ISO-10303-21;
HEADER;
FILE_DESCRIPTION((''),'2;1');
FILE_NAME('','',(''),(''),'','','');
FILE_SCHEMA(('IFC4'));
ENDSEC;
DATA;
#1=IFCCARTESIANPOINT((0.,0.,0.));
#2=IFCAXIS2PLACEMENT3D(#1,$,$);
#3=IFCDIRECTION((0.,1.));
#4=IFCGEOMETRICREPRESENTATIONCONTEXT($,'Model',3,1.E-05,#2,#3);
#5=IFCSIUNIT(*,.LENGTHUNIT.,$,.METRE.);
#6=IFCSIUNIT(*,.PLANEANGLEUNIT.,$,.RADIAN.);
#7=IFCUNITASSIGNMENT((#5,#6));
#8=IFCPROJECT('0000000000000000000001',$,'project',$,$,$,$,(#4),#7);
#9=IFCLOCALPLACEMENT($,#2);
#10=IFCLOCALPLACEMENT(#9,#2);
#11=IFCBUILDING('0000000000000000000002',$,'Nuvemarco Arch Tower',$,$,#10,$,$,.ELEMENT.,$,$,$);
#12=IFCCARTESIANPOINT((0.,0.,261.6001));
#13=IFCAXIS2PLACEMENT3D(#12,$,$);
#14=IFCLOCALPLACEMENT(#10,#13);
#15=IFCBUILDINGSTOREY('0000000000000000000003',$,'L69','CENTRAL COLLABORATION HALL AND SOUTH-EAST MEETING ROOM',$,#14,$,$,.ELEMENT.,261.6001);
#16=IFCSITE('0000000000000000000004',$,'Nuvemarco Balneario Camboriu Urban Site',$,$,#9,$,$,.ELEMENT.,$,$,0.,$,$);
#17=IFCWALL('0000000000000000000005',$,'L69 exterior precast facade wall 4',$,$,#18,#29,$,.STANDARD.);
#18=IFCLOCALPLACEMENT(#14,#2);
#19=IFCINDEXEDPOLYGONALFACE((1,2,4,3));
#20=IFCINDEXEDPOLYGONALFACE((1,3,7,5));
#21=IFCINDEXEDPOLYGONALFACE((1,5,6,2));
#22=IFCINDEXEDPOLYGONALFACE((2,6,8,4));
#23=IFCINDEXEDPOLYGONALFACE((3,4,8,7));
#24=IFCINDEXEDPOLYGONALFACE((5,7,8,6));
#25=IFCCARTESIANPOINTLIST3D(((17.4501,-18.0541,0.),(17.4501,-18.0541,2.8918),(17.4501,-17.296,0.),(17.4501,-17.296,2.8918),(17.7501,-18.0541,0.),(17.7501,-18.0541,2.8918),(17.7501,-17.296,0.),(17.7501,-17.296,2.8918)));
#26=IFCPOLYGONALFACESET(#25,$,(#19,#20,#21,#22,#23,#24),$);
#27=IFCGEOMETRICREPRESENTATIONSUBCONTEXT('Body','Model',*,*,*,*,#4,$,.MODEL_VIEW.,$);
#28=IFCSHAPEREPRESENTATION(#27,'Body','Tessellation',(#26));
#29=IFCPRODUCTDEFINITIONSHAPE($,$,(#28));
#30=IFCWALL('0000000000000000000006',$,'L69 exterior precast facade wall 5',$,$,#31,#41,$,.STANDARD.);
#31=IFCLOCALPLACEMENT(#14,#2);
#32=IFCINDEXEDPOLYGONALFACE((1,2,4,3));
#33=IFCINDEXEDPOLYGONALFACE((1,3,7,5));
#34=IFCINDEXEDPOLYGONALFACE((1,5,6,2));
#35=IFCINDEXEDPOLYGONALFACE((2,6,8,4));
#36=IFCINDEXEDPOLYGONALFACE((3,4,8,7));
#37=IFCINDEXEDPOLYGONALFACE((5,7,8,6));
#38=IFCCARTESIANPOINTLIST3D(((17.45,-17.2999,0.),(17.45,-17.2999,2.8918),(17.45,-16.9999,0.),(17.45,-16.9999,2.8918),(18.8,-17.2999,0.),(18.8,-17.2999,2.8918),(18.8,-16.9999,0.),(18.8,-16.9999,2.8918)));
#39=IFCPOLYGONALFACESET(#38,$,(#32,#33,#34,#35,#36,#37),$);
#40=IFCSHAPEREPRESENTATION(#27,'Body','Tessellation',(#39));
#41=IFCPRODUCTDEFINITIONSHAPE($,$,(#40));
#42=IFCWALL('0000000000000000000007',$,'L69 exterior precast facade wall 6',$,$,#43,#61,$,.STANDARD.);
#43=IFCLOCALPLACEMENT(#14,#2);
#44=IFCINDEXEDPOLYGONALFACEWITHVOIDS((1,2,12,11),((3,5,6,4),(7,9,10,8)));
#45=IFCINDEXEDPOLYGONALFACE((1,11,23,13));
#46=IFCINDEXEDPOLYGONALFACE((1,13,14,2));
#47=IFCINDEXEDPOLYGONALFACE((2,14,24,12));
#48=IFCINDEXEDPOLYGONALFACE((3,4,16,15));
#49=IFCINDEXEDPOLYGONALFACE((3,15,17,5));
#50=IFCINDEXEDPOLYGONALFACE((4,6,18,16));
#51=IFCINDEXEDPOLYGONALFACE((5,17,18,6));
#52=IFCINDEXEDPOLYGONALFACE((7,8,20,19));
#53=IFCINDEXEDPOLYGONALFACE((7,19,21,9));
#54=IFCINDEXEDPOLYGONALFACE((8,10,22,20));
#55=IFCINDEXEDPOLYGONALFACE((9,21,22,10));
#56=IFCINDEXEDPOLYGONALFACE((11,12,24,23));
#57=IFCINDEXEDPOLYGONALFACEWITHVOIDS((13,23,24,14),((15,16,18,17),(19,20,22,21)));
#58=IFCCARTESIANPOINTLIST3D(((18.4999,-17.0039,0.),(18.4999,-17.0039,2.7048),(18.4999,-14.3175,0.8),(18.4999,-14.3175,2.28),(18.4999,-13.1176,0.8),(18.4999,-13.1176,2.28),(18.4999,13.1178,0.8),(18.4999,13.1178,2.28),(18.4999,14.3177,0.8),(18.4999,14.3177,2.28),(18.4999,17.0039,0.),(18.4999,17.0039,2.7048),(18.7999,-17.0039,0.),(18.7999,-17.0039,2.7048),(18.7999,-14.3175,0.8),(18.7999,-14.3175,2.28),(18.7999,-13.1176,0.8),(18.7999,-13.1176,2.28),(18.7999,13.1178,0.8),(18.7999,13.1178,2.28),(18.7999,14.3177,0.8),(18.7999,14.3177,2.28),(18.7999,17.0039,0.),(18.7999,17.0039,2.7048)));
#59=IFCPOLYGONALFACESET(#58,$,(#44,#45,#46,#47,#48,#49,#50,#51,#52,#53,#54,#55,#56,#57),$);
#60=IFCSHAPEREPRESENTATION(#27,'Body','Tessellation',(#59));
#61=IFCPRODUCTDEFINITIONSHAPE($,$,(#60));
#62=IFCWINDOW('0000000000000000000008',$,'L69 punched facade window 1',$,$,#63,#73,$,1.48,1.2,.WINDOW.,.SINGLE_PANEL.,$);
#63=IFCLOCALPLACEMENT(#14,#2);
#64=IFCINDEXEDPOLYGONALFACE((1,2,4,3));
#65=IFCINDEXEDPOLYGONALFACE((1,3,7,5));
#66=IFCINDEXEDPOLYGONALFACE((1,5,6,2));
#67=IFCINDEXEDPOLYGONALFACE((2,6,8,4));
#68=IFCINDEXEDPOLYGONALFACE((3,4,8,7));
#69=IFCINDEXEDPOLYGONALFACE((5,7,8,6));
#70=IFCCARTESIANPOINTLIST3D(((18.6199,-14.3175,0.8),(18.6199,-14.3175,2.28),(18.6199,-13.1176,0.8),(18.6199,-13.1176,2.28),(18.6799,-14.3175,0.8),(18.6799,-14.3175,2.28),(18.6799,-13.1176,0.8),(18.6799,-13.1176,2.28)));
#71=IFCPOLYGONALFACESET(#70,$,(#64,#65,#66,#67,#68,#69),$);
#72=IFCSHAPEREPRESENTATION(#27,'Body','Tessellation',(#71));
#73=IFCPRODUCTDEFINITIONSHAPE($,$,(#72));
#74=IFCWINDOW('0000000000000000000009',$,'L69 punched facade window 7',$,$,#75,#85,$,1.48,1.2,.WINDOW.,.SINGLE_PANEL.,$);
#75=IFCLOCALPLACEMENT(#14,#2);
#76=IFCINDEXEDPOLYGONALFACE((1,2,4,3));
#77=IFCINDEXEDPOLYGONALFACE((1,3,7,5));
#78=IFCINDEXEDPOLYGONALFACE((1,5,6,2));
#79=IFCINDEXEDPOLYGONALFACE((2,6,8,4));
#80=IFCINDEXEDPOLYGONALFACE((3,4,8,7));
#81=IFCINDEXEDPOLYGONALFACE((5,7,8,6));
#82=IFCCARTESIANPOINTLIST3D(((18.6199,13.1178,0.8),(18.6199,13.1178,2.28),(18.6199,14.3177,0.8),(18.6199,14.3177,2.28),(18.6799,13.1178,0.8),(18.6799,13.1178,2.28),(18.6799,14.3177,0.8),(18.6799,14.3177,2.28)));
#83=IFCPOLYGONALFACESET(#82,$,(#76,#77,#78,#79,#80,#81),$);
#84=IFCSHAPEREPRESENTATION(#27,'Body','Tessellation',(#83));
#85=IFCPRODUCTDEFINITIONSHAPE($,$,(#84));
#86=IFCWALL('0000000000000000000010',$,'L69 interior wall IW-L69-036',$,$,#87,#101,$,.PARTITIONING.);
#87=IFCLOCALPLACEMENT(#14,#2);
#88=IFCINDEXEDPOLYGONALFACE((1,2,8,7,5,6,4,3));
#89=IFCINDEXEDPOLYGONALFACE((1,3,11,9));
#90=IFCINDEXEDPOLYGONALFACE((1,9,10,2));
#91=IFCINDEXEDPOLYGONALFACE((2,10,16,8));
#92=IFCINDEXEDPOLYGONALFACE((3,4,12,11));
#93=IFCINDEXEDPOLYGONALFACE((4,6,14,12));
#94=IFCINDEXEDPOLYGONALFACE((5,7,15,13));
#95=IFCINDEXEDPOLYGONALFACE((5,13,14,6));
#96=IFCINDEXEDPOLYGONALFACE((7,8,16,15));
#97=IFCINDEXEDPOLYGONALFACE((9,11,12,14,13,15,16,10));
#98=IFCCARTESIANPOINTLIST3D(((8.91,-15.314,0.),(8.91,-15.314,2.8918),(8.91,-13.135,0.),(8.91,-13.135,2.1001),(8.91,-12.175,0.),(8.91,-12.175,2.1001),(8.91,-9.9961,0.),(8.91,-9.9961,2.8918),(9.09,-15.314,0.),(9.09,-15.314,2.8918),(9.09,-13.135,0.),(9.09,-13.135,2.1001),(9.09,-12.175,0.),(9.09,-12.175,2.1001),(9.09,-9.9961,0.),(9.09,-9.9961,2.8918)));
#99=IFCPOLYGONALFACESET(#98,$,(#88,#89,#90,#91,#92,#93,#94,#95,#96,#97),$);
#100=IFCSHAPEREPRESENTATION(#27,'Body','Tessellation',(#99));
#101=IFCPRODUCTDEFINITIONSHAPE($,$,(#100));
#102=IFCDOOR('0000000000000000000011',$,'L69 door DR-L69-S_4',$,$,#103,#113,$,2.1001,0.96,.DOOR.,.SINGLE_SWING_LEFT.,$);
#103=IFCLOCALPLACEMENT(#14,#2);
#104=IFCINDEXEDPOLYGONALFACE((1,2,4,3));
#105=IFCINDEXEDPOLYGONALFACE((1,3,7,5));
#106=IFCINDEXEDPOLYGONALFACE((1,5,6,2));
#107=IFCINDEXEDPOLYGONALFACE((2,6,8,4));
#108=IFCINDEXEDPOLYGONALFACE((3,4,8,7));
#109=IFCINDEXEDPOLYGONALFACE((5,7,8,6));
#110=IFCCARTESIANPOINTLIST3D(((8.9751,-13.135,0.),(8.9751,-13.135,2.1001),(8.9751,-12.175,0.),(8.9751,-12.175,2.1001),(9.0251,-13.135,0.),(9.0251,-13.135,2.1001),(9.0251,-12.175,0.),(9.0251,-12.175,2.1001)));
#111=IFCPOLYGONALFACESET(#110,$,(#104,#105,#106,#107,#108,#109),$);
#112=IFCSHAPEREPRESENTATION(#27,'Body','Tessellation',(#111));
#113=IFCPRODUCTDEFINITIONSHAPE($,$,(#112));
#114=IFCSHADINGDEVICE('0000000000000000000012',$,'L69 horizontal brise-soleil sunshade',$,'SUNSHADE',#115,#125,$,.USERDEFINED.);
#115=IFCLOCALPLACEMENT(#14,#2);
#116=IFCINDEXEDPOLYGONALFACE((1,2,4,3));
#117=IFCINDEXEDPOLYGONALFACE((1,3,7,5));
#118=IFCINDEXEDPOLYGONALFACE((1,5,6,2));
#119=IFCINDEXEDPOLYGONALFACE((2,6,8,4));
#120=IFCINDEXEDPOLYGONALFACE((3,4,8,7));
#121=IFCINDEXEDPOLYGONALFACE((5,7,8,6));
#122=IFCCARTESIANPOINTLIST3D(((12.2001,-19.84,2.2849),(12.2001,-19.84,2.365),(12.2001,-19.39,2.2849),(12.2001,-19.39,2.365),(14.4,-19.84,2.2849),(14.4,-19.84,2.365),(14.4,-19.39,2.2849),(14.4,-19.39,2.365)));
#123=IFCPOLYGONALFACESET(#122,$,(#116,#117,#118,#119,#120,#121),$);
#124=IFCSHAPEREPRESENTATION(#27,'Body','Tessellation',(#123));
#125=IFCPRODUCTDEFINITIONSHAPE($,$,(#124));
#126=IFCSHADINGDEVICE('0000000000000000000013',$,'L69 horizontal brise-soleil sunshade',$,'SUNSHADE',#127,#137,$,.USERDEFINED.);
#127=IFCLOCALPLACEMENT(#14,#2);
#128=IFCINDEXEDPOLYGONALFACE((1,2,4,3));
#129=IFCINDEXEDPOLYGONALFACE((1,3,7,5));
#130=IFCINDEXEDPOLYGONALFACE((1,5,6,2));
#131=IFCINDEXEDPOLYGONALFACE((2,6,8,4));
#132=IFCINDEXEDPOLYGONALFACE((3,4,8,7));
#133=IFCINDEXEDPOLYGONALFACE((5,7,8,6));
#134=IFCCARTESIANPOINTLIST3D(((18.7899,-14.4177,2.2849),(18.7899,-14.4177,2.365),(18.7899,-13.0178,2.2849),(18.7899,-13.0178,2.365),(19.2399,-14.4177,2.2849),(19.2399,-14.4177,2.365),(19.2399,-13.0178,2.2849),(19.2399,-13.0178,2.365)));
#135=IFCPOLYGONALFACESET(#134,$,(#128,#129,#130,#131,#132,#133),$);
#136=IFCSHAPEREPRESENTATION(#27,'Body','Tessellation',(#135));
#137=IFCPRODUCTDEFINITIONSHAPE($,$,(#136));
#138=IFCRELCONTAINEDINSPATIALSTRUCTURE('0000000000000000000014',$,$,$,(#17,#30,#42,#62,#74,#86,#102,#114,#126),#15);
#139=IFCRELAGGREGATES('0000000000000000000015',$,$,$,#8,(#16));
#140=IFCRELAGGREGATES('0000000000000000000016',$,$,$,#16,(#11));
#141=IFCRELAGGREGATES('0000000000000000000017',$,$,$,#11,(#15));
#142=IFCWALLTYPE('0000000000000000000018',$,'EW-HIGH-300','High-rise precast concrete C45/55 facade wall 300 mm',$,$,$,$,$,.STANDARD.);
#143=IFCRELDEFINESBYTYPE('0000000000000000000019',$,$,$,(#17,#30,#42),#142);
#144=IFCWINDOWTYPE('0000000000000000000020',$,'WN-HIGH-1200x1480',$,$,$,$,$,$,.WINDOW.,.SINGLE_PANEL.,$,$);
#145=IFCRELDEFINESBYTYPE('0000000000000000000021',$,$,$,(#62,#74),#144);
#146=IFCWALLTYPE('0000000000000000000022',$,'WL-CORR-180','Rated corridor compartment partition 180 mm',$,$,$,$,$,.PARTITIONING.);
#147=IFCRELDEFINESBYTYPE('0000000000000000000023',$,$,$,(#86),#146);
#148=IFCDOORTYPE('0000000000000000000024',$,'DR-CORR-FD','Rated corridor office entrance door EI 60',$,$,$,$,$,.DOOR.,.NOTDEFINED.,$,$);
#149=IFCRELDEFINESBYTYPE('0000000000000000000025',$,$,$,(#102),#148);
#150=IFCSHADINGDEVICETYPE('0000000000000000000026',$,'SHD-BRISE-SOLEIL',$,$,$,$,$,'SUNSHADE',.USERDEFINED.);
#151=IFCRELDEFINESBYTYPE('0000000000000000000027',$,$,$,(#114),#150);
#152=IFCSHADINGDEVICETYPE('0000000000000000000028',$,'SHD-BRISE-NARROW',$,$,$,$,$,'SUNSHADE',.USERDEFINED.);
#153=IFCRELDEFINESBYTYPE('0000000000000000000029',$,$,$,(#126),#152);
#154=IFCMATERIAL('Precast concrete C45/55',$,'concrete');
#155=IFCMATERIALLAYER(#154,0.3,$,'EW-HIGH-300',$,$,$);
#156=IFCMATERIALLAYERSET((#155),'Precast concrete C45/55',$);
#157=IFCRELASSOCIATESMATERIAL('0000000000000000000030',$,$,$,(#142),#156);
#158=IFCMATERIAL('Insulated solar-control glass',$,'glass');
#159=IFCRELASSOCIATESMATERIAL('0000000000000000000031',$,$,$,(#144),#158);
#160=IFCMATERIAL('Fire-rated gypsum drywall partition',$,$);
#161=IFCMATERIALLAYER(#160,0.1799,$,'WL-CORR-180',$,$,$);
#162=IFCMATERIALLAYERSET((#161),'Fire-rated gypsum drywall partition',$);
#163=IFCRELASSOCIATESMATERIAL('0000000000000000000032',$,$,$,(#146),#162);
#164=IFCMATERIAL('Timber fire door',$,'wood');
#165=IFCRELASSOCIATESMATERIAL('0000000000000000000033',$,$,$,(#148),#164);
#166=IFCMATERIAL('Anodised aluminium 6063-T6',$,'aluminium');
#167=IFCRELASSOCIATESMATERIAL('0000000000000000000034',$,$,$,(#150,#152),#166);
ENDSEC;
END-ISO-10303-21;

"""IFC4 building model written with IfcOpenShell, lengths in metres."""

from ifc_helpers import new_model, si_unit, direction, frame, frame_2d, origin, origin_2d, place, context, subcontext, project, spatial, rectangle, extrude, source, transform, mapped, material, layer, layer_set, type_object, type_shapes, element, fill, save


model = new_model("IFC4")

# Units and contexts
model_context = context("Model", 3, precision=1e-05, world=origin(), true_north=direction((0.0, 1.0)))
body_context = subcontext(model_context, "Body", "Model", "MODEL_VIEW")
ifc_project = project(units=[si_unit("LENGTHUNIT", "METRE"), si_unit("PLANEANGLEUNIT", "RADIAN")], contexts=[model_context])

# Site, building, storey
site_placement = place(None, origin())
site = spatial("IfcSite", under=ifc_project, at=site_placement, Name="Nuvemarco Balneario Camboriu Urban Site", CompositionType="ELEMENT", RefElevation=0.0)
building_placement = place(site_placement, origin())
building = spatial("IfcBuilding", under=site, at=building_placement, Name="Nuvemarco Arch Tower", CompositionType="ELEMENT")
storey_placement = place(building_placement, frame((0.0, 0.0, 261.6001)))
storey = spatial("IfcBuildingStorey", under=building, at=storey_placement, Name="L69", Description="CENTRAL COLLABORATION HALL AND SOUTH-EAST MEETING ROOM", CompositionType="ELEMENT", Elevation=261.6001)

# Shared definitions
ifc_material_1 = material(Name="Precast concrete C45/55", Category="concrete")

# Walls
ifc_layer_1 = layer(ifc_material_1, 0.3, Name="EW-HIGH-300")
ifc_layer_set_1 = layer_set([ifc_layer_1], Name="Precast concrete C45/55")
wall_type_1 = type_object("IfcWallType", Name="EW-HIGH-300", Description="High-rise precast concrete C45/55 facade wall 300 mm", PredefinedType="STANDARD", material=ifc_layer_set_1)
wall_1_placement = place(storey_placement, frame((17.6001, -18.054, 0.0), z_axis=(0.0, 0.0, 1.0), x_axis=(0.0, 1.0, 0.0)))
element("IfcWall", 1, at=wall_1_placement, inside=storey, type_object=wall_type_1, Name="L69 exterior precast facade wall 4", PredefinedType="STANDARD", context=body_context, shape_type="SweptSolid", body=[
    extrude(rectangle(XDim=0.7581, YDim=0.3, at=frame_2d((0.3789, 0.0))), origin(), (0.0, 0.0, 1.0), 2.8918),
])
wall_2_placement = place(storey_placement, frame((17.45, -17.1499, 0.0), z_axis=(0.0, 0.0, 1.0), x_axis=(1.0, 0.0, 0.0)))
element("IfcWall", 2, at=wall_2_placement, inside=storey, type_object=wall_type_1, Name="L69 exterior precast facade wall 5", PredefinedType="STANDARD", context=body_context, shape_type="SweptSolid", body=[
    extrude(rectangle(XDim=1.3501, YDim=0.3, at=frame_2d((0.675, 0.0))), origin(), (0.0, 0.0, 1.0), 2.8918),
])

# Wall, openings, windows
wall_3_placement = place(storey_placement, frame((18.6499, -17.0039, 0.0), z_axis=(0.0, 0.0, 1.0), x_axis=(0.0, 1.0, 0.0)))
wall_3 = element("IfcWall", 3, at=wall_3_placement, inside=storey, type_object=wall_type_1, Name="L69 exterior precast facade wall 6", PredefinedType="STANDARD", context=body_context, shape_type="SweptSolid", body=[
    extrude(rectangle(XDim=34.0078, YDim=0.3, at=frame_2d((17.0039, 0.0))), origin(), (0.0, 0.0, 1.0), 2.7048),
])
opening_1_placement = place(wall_3_placement, frame((2.6863, 0.0, 0.8)))
opening_1 = element("IfcOpeningElement", 4, at=opening_1_placement, cuts=wall_3, PredefinedType="OPENING", context=body_context, shape_type="SweptSolid", body=[
    extrude(rectangle(XDim=1.2, YDim=1.48, at=frame_2d((0.6001, 0.74))), frame((0.0, 0.1599, 0.0), z_axis=(0.0, -1.0, 0.0), x_axis=(1.0, 0.0, 0.0)), (0.0, 0.0, 1.0), 0.3201),
])
opening_2_placement = place(wall_3_placement, frame((30.1216, 0.0, 0.8)))
opening_2 = element("IfcOpeningElement", 5, at=opening_2_placement, cuts=wall_3, PredefinedType="OPENING", context=body_context, shape_type="SweptSolid", body=[
    extrude(rectangle(XDim=1.2, YDim=1.48, at=frame_2d((0.6001, 0.74))), frame((0.0, 0.1599, 0.0), z_axis=(0.0, -1.0, 0.0), x_axis=(1.0, 0.0, 0.0)), (0.0, 0.0, 1.0), 0.3201),
])
ifc_material_2 = material(Name="Insulated solar-control glass", Category="glass")
window_type = type_object("IfcWindowType", Name="WN-HIGH-1200x1480", PartitioningType="SINGLE_PANEL", PredefinedType="WINDOW", material=ifc_material_2)
shared_shape_1 = source(origin(), body_context, "Body", "SweptSolid", [
    extrude(rectangle(XDim=1.2, YDim=1.48, at=frame_2d((0.6001, 0.74))), frame((0.0, 0.03, 0.0), z_axis=(0.0, -1.0, 0.0), x_axis=(1.0, 0.0, 0.0)), (0.0, 0.0, 1.0), 0.0601),
])
type_shapes(window_type, [shared_shape_1])
window_1_placement = place(opening_1_placement, origin())
window_1 = element("IfcWindow", 6, at=window_1_placement, inside=storey, type_object=window_type, Name="L69 punched facade window 1", OverallHeight=1.48, OverallWidth=1.2, PartitioningType="SINGLE_PANEL", PredefinedType="WINDOW", context=body_context, shape_type="MappedRepresentation", body=[
    mapped(shared_shape_1, transform((0.0, 0.0, 0.0), scale=1.0)),
])
fill(opening_1, window_1)
window_2_placement = place(opening_2_placement, origin())
window_2 = element("IfcWindow", 7, at=window_2_placement, inside=storey, type_object=window_type, Name="L69 punched facade window 7", OverallHeight=1.48, OverallWidth=1.2, PartitioningType="SINGLE_PANEL", PredefinedType="WINDOW", context=body_context, shape_type="MappedRepresentation", body=[
    mapped(shared_shape_1, transform((0.0, 0.0, 0.0), scale=1.0)),
])
fill(opening_2, window_2)

# Wall, opening, door
ifc_material_3 = material(Name="Fire-rated gypsum drywall partition")
ifc_layer_2 = layer(ifc_material_3, 0.1799, Name="WL-CORR-180")
ifc_layer_set_2 = layer_set([ifc_layer_2], Name="Fire-rated gypsum drywall partition")
wall_type_2 = type_object("IfcWallType", Name="WL-CORR-180", Description="Rated corridor compartment partition 180 mm", PredefinedType="PARTITIONING", material=ifc_layer_set_2)
wall_4_placement = place(storey_placement, frame((9.0, -15.314, 0.0), z_axis=(0.0, 0.0, 1.0), x_axis=(0.0, 1.0, 0.0)))
wall_4 = element("IfcWall", 8, at=wall_4_placement, inside=storey, type_object=wall_type_2, Name="L69 interior wall IW-L69-036", PredefinedType="PARTITIONING", context=body_context, shape_type="SweptSolid", body=[
    extrude(rectangle(XDim=5.3179, YDim=0.1799, at=frame_2d((2.6589, 0.0))), origin(), (0.0, 0.0, 1.0), 2.8918),
])
opening_3_placement = place(wall_4_placement, frame((2.179, 0.0, 0.0)))
opening_3 = element("IfcOpeningElement", 9, at=opening_3_placement, cuts=wall_4, PredefinedType="OPENING", context=body_context, shape_type="SweptSolid", body=[
    extrude(rectangle(XDim=0.96, YDim=2.1001, at=frame_2d((0.48, 1.05))), frame((0.0, 0.0999, 0.0), z_axis=(0.0, -1.0, 0.0), x_axis=(1.0, 0.0, 0.0)), (0.0, 0.0, 1.0), 0.2),
])
ifc_material_4 = material(Name="Timber fire door", Category="wood")
door_type = type_object("IfcDoorType", Name="DR-CORR-FD", Description="Rated corridor office entrance door EI 60", OperationType="NOTDEFINED", PredefinedType="DOOR", material=ifc_material_4)
shared_shape_2 = source(origin(), body_context, "Body", "SweptSolid", [
    extrude(rectangle(XDim=0.96, YDim=2.1001, at=frame_2d((0.48, 1.05))), frame((0.0, 0.0249, 0.0), z_axis=(0.0, -1.0, 0.0), x_axis=(1.0, 0.0, 0.0)), (0.0, 0.0, 1.0), 0.05),
])
type_shapes(door_type, [shared_shape_2])
door_placement = place(opening_3_placement, origin())
door = element("IfcDoor", 10, at=door_placement, inside=storey, type_object=door_type, Name="L69 door DR-L69-S_4", OperationType="SINGLE_SWING_LEFT", OverallHeight=2.1001, OverallWidth=0.96, PredefinedType="DOOR", context=body_context, shape_type="MappedRepresentation", body=[
    mapped(shared_shape_2, transform((0.0, 0.0, 0.0), scale=1.0)),
])
fill(opening_3, door)

# Shading devices
ifc_material_5 = material(Name="Anodised aluminium 6063-T6", Category="aluminium")
shading_device_type_1 = type_object("IfcShadingDeviceType", Name="SHD-BRISE-SOLEIL", ElementType="SUNSHADE", PredefinedType="USERDEFINED", material=ifc_material_5)
shared_shape_3 = source(origin(), body_context, "Body", "SweptSolid", [
    extrude(rectangle(XDim=2.2, YDim=0.45, at=origin_2d()), origin(), (0.0, 0.0, 1.0), 0.0801),
])
type_shapes(shading_device_type_1, [shared_shape_3])
shading_device_1_placement = place(storey_placement, frame((13.3, -19.615, 2.2849), z_axis=(0.0, 0.0, 1.0), x_axis=(1.0, 0.0, 0.0)))
element("IfcShadingDevice", 11, at=shading_device_1_placement, inside=storey, type_object=shading_device_type_1, Name="L69 horizontal brise-soleil sunshade", ObjectType="SUNSHADE", PredefinedType="USERDEFINED", context=body_context, shape_type="MappedRepresentation", body=[
    mapped(shared_shape_3, transform((0.0, 0.0, 0.0), scale=1.0)),
])
shading_device_type_2 = type_object("IfcShadingDeviceType", Name="SHD-BRISE-NARROW", ElementType="SUNSHADE", PredefinedType="USERDEFINED", material=ifc_material_5)
shared_shape_4 = source(origin(), body_context, "Body", "SweptSolid", [
    extrude(rectangle(XDim=1.3999, YDim=0.45, at=origin_2d()), origin(), (0.0, 0.0, 1.0), 0.0801),
])
type_shapes(shading_device_type_2, [shared_shape_4])
shading_device_2_placement = place(storey_placement, frame((19.0149, -13.7178, 2.2849), z_axis=(0.0, 0.0, 1.0), x_axis=(0.0, 1.0, 0.0)))
element("IfcShadingDevice", 12, at=shading_device_2_placement, inside=storey, type_object=shading_device_type_2, Name="L69 horizontal brise-soleil sunshade", ObjectType="SUNSHADE", PredefinedType="USERDEFINED", context=body_context, shape_type="MappedRepresentation", body=[
    mapped(shared_shape_4, transform((0.0, 0.0, 0.0), scale=1.0)),
])

save(model, "model.ifc")
